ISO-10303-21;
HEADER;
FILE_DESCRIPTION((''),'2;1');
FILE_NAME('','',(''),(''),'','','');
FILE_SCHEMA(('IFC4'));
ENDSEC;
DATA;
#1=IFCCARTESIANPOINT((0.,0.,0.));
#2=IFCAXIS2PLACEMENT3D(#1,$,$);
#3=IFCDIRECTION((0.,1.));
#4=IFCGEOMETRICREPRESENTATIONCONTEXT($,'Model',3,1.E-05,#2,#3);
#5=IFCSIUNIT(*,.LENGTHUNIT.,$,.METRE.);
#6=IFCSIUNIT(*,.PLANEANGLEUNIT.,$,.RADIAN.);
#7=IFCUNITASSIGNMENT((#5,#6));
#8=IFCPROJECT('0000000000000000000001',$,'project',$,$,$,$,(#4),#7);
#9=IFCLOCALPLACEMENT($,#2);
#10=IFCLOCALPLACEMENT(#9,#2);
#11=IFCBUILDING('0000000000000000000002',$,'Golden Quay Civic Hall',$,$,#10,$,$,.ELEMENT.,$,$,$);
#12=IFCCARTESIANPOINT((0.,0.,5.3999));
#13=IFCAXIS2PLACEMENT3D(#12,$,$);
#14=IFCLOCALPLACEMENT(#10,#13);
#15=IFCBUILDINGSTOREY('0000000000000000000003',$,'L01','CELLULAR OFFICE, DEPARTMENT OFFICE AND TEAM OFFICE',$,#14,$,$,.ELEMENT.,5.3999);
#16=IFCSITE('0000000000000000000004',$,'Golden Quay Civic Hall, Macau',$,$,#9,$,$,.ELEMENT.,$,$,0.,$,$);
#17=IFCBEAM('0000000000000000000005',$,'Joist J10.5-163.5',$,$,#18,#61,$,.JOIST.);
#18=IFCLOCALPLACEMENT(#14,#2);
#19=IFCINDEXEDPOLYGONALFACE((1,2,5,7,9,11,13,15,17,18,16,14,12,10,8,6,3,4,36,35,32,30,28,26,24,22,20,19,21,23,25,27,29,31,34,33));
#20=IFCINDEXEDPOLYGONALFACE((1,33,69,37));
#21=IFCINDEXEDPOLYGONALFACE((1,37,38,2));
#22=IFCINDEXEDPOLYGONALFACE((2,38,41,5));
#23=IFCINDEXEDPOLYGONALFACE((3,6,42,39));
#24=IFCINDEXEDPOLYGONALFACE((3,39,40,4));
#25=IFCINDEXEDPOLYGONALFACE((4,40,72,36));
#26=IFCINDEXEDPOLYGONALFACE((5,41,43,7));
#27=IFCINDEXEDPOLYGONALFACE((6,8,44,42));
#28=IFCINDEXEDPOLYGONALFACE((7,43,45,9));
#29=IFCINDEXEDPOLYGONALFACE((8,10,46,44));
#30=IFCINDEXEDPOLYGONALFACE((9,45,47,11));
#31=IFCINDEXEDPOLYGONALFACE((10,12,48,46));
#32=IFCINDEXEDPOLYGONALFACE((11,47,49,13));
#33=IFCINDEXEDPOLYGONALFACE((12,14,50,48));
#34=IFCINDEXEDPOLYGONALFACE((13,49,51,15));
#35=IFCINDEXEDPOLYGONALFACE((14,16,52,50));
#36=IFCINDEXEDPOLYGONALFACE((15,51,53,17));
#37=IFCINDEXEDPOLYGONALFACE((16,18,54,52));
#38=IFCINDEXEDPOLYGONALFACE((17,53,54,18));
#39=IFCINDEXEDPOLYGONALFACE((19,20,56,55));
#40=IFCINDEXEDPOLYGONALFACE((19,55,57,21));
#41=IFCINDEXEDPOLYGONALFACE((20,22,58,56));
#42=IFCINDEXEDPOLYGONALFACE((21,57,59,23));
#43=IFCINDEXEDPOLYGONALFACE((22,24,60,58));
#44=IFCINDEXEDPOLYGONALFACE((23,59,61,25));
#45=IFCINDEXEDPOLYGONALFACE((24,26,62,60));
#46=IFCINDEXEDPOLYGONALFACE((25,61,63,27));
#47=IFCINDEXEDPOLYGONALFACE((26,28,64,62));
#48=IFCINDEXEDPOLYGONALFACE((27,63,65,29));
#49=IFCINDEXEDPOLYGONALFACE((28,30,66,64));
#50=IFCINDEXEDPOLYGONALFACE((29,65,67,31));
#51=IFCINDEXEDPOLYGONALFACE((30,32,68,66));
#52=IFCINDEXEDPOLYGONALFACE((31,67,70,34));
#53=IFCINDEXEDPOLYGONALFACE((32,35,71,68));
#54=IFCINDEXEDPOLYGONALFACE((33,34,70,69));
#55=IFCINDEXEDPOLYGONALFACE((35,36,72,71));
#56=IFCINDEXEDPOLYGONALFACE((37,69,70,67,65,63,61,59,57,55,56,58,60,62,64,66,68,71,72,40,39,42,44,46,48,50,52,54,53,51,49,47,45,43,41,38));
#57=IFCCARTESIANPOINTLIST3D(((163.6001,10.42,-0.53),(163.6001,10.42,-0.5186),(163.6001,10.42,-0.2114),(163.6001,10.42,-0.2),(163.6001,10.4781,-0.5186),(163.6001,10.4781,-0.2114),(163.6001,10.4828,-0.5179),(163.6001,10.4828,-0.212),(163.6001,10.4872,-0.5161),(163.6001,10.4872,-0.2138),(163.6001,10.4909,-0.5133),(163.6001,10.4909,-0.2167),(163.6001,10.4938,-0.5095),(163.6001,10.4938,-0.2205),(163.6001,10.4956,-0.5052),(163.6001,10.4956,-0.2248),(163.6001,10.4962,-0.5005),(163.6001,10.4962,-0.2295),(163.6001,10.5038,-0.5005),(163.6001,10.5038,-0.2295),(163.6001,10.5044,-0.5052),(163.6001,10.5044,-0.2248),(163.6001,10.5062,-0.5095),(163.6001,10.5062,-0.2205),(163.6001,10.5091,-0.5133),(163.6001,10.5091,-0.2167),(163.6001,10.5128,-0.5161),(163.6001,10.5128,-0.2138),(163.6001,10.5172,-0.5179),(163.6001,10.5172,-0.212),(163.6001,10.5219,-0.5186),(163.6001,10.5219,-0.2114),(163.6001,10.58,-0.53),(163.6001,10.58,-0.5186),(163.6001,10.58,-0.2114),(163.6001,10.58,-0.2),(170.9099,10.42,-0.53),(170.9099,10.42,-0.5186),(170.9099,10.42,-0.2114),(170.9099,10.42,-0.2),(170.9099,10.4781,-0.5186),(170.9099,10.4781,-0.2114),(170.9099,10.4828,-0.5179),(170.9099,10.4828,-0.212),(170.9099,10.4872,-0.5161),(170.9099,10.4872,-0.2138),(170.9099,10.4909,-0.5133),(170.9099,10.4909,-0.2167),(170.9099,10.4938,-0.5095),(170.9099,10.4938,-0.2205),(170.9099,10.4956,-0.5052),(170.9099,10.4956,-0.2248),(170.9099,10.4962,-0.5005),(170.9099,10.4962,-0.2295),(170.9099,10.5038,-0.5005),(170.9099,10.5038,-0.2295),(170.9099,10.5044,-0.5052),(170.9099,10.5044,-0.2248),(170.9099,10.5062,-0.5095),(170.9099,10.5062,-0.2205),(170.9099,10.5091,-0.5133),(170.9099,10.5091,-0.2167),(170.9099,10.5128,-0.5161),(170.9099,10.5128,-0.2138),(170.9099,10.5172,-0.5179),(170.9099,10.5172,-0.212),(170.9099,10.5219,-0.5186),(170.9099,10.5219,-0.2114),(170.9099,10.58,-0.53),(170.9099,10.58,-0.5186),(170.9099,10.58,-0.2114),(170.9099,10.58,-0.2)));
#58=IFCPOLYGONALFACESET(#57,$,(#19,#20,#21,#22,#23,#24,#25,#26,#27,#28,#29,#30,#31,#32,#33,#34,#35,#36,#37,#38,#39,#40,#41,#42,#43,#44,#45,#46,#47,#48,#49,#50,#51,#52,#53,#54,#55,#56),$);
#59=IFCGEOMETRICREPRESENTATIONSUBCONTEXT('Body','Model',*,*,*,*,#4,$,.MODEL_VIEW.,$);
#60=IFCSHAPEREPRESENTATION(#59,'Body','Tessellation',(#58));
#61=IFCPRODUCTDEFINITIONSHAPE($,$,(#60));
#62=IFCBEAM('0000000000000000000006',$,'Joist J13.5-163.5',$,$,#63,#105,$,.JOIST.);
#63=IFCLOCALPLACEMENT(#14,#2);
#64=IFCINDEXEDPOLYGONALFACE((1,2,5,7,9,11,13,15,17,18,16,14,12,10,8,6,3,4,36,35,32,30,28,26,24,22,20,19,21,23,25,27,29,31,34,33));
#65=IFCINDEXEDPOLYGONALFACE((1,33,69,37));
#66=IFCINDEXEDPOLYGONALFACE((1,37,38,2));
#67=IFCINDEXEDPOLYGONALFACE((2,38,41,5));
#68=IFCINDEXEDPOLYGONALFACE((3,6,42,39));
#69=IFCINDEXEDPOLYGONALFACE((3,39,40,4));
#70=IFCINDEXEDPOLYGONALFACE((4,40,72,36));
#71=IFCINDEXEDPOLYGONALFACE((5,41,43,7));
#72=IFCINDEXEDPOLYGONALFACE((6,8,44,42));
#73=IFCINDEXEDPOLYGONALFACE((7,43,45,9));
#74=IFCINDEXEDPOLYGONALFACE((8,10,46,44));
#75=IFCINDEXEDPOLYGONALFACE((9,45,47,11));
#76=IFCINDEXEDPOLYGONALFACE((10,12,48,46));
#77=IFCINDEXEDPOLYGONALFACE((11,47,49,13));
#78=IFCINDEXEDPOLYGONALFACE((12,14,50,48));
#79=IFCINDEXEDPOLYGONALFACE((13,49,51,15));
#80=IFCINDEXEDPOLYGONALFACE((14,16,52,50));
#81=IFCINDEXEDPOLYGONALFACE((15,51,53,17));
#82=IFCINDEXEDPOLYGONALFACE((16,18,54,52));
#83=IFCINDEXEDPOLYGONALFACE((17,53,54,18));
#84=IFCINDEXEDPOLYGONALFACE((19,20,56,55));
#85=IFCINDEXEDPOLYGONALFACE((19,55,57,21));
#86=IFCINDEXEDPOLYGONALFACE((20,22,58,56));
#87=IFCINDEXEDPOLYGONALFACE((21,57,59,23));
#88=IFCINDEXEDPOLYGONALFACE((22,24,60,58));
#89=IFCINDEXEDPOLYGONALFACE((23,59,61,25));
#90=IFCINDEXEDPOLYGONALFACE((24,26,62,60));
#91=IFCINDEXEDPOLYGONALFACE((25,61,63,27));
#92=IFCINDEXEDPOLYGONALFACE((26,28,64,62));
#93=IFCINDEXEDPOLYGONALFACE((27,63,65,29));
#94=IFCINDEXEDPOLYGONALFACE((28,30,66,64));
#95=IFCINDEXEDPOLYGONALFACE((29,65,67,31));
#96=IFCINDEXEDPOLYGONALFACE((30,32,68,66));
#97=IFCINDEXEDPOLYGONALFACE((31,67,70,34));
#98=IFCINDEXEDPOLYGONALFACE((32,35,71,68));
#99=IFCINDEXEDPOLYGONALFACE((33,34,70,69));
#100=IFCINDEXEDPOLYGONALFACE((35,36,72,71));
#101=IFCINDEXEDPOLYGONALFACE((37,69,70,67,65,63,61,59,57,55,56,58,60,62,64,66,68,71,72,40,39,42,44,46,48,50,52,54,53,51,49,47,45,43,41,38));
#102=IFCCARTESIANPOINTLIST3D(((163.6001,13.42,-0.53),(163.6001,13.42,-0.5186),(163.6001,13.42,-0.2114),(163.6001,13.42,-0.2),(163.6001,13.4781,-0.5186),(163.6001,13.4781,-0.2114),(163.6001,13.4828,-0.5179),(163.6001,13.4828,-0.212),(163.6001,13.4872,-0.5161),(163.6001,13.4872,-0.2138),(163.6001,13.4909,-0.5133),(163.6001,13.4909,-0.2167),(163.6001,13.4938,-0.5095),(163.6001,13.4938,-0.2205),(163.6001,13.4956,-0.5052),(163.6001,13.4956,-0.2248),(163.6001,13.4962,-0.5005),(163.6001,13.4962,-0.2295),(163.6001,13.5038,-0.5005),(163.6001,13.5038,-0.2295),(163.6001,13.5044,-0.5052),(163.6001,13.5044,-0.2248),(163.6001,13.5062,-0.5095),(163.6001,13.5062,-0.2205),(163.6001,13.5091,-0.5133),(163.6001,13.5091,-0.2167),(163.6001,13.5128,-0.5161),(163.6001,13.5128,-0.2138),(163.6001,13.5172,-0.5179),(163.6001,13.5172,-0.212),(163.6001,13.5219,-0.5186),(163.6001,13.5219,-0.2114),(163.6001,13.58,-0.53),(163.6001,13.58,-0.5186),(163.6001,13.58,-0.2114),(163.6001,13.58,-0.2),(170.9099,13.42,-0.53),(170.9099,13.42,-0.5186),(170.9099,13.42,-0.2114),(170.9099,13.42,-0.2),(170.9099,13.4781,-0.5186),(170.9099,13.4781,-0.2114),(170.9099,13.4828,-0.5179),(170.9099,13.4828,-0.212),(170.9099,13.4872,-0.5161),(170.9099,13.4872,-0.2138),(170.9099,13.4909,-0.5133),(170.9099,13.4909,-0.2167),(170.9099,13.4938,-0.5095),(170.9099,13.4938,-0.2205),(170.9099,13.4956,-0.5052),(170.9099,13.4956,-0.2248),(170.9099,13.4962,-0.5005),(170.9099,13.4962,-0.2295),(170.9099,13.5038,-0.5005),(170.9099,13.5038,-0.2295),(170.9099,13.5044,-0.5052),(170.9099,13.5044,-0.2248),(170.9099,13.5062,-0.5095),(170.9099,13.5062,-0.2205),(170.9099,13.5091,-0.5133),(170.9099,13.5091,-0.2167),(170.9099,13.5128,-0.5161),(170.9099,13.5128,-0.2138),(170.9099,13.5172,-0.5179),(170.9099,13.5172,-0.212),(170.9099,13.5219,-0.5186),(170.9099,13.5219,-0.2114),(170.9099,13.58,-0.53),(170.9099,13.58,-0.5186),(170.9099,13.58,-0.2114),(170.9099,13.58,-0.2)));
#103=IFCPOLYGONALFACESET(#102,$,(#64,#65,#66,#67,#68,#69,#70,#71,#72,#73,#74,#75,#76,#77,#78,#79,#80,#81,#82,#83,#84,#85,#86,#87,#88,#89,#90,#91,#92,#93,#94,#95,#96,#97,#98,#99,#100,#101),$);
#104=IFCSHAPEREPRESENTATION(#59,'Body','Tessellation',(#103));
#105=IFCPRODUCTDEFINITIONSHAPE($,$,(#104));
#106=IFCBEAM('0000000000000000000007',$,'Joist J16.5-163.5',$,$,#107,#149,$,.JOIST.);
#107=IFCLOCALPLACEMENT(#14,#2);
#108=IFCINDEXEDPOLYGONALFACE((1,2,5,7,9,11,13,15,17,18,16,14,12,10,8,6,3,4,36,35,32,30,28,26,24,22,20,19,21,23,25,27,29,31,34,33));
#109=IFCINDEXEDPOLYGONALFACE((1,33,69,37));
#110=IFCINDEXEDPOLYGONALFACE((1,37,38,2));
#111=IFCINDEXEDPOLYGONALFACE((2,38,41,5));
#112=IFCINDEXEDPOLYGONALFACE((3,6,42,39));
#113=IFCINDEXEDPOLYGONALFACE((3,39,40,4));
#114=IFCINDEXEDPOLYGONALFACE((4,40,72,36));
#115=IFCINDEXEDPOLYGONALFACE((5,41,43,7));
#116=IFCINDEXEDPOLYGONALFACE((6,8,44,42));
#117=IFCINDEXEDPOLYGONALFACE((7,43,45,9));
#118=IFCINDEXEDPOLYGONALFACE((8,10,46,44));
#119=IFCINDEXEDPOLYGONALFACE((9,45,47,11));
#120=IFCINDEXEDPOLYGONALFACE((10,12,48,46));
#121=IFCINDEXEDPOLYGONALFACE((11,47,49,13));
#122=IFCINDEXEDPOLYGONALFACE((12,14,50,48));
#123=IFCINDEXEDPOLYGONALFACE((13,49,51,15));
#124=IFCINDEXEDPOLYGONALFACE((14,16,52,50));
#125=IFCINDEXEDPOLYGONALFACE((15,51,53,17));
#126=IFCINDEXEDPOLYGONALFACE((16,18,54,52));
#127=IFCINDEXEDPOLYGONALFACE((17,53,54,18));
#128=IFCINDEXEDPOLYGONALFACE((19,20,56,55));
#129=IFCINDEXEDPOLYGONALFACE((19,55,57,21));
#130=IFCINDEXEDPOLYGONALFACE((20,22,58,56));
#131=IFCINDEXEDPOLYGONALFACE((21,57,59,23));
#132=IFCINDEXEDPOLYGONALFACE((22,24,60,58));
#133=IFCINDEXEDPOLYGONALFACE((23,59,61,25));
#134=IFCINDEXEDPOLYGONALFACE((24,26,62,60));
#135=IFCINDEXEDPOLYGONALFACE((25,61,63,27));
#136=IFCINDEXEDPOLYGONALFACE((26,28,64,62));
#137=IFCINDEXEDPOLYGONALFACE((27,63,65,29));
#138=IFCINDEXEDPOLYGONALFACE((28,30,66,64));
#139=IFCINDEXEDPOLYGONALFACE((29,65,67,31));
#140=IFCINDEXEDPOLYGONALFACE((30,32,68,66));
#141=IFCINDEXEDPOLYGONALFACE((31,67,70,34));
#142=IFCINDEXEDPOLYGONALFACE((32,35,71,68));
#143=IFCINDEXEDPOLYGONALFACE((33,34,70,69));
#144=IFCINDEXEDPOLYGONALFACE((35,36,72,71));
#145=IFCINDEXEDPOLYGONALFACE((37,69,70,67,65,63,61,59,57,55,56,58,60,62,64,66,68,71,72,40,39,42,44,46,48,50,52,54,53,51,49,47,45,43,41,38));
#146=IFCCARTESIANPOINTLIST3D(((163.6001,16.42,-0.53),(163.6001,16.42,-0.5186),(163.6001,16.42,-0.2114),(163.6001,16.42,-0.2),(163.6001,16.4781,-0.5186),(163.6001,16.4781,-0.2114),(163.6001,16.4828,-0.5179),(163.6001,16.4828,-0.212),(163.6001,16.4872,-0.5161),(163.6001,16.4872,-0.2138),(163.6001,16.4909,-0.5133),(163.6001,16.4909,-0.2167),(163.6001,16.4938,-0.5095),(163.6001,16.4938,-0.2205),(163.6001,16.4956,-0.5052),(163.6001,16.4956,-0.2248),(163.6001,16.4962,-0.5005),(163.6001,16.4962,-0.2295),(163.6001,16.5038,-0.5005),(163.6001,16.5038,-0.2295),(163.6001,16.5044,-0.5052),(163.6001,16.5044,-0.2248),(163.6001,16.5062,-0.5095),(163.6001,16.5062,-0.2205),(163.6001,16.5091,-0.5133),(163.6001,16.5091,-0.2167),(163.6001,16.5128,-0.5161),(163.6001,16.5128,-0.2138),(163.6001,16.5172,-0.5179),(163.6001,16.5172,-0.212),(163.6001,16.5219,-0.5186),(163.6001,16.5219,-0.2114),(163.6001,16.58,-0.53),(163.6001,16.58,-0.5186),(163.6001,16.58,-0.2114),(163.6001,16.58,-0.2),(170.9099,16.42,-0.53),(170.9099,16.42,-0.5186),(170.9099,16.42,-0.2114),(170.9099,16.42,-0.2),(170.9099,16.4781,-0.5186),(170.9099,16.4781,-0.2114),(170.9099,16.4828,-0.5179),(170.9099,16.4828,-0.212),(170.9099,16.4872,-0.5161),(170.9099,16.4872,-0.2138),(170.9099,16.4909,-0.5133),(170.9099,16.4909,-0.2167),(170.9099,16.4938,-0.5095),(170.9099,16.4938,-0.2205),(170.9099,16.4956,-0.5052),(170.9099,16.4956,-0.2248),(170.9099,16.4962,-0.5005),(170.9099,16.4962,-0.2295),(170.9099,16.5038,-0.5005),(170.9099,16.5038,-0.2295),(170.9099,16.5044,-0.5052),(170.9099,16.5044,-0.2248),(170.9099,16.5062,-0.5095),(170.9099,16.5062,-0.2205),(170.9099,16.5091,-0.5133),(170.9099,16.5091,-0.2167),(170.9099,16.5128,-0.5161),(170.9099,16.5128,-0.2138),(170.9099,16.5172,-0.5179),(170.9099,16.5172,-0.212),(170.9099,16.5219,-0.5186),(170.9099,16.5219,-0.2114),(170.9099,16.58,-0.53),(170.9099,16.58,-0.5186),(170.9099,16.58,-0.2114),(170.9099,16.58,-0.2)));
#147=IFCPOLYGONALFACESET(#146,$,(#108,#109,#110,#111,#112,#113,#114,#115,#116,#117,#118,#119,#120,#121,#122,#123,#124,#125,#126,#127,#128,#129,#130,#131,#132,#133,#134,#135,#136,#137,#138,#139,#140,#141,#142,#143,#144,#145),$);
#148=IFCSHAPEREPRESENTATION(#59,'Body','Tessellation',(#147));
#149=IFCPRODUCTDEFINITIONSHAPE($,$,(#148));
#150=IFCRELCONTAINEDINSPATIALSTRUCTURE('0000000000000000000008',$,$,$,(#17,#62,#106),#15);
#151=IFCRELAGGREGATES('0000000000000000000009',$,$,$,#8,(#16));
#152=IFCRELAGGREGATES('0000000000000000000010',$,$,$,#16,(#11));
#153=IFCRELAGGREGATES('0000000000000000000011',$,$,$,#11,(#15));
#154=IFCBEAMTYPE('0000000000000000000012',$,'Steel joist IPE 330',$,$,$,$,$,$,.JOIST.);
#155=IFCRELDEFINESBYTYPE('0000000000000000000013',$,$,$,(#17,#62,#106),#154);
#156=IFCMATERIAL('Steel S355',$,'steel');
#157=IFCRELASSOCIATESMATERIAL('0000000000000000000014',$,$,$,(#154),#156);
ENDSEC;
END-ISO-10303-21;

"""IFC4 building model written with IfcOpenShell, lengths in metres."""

from ifc_helpers import new_model, si_unit, direction, frame, origin, origin_2d, place, context, subcontext, project, spatial, i_section, extrude, material, material_profile, profile_set, type_object, element, save


model = new_model("IFC4")

# Units and contexts
model_context = context("Model", 3, precision=1e-05, world=origin(), true_north=direction((0.0, 1.0)))
body_context = subcontext(model_context, "Body", "Model", "MODEL_VIEW")
ifc_project = project(units=[si_unit("LENGTHUNIT", "METRE"), si_unit("PLANEANGLEUNIT", "RADIAN")], contexts=[model_context])

# Site, building, storey
site_placement = place(None, origin())
site = spatial("IfcSite", under=ifc_project, at=site_placement, Name="Golden Quay Civic Hall, Macau", CompositionType="ELEMENT", RefElevation=0.0)
building_placement = place(site_placement, origin())
building = spatial("IfcBuilding", under=site, at=building_placement, Name="Golden Quay Civic Hall", CompositionType="ELEMENT")
storey_placement = place(building_placement, frame((0.0, 0.0, 5.3999)))
storey = spatial("IfcBuildingStorey", under=building, at=storey_placement, Name="L01", Description="CELLULAR OFFICE, DEPARTMENT OFFICE AND TEAM OFFICE", CompositionType="ELEMENT", Elevation=5.3999)

# Beams
ifc_material_1 = material(Name="Steel S355", Category="steel")
ifc_material_profile_1 = material_profile(ifc_material_1, i_section(OverallWidth=0.1599, OverallDepth=0.3301, WebThickness=0.0076, FlangeThickness=0.0115, FilletRadius=0.0181, at=origin_2d()), Name="IPE 330")
ifc_profile_set_1 = profile_set([ifc_material_profile_1], Name="Steel S355")
beam_type_1 = type_object("IfcBeamType", Name="Steel joist IPE 330", PredefinedType="JOIST", material=ifc_profile_set_1)
for number, where, z_axis, x_axis, name in (
    (1, (163.6001, 10.5, -0.365), (1.0, 0.0, 0.0), (0.0, 1.0, 0.0), "Joist J10.5-163.5"),
    (2, (163.6001, 13.5, -0.365), (1.0, 0.0, 0.0), (0.0, 1.0, 0.0), "Joist J13.5-163.5"),
    (3, (163.6001, 16.5, -0.365), (1.0, 0.0, 0.0), (0.0, 1.0, 0.0), "Joist J16.5-163.5"),
):
    element("IfcBeam", number, at=place(storey_placement, frame(where, z_axis=z_axis, x_axis=x_axis)), inside=storey, type_object=beam_type_1, Name=name, PredefinedType="JOIST", context=body_context, shape_type="SweptSolid", body=[
        extrude(i_section(OverallWidth=0.1599, OverallDepth=0.3301, WebThickness=0.0076, FlangeThickness=0.0115, FilletRadius=0.0181, at=origin_2d()), origin(), (0.0, 0.0, 1.0), 7.3098),
    ])

save(model, "model.ifc")
